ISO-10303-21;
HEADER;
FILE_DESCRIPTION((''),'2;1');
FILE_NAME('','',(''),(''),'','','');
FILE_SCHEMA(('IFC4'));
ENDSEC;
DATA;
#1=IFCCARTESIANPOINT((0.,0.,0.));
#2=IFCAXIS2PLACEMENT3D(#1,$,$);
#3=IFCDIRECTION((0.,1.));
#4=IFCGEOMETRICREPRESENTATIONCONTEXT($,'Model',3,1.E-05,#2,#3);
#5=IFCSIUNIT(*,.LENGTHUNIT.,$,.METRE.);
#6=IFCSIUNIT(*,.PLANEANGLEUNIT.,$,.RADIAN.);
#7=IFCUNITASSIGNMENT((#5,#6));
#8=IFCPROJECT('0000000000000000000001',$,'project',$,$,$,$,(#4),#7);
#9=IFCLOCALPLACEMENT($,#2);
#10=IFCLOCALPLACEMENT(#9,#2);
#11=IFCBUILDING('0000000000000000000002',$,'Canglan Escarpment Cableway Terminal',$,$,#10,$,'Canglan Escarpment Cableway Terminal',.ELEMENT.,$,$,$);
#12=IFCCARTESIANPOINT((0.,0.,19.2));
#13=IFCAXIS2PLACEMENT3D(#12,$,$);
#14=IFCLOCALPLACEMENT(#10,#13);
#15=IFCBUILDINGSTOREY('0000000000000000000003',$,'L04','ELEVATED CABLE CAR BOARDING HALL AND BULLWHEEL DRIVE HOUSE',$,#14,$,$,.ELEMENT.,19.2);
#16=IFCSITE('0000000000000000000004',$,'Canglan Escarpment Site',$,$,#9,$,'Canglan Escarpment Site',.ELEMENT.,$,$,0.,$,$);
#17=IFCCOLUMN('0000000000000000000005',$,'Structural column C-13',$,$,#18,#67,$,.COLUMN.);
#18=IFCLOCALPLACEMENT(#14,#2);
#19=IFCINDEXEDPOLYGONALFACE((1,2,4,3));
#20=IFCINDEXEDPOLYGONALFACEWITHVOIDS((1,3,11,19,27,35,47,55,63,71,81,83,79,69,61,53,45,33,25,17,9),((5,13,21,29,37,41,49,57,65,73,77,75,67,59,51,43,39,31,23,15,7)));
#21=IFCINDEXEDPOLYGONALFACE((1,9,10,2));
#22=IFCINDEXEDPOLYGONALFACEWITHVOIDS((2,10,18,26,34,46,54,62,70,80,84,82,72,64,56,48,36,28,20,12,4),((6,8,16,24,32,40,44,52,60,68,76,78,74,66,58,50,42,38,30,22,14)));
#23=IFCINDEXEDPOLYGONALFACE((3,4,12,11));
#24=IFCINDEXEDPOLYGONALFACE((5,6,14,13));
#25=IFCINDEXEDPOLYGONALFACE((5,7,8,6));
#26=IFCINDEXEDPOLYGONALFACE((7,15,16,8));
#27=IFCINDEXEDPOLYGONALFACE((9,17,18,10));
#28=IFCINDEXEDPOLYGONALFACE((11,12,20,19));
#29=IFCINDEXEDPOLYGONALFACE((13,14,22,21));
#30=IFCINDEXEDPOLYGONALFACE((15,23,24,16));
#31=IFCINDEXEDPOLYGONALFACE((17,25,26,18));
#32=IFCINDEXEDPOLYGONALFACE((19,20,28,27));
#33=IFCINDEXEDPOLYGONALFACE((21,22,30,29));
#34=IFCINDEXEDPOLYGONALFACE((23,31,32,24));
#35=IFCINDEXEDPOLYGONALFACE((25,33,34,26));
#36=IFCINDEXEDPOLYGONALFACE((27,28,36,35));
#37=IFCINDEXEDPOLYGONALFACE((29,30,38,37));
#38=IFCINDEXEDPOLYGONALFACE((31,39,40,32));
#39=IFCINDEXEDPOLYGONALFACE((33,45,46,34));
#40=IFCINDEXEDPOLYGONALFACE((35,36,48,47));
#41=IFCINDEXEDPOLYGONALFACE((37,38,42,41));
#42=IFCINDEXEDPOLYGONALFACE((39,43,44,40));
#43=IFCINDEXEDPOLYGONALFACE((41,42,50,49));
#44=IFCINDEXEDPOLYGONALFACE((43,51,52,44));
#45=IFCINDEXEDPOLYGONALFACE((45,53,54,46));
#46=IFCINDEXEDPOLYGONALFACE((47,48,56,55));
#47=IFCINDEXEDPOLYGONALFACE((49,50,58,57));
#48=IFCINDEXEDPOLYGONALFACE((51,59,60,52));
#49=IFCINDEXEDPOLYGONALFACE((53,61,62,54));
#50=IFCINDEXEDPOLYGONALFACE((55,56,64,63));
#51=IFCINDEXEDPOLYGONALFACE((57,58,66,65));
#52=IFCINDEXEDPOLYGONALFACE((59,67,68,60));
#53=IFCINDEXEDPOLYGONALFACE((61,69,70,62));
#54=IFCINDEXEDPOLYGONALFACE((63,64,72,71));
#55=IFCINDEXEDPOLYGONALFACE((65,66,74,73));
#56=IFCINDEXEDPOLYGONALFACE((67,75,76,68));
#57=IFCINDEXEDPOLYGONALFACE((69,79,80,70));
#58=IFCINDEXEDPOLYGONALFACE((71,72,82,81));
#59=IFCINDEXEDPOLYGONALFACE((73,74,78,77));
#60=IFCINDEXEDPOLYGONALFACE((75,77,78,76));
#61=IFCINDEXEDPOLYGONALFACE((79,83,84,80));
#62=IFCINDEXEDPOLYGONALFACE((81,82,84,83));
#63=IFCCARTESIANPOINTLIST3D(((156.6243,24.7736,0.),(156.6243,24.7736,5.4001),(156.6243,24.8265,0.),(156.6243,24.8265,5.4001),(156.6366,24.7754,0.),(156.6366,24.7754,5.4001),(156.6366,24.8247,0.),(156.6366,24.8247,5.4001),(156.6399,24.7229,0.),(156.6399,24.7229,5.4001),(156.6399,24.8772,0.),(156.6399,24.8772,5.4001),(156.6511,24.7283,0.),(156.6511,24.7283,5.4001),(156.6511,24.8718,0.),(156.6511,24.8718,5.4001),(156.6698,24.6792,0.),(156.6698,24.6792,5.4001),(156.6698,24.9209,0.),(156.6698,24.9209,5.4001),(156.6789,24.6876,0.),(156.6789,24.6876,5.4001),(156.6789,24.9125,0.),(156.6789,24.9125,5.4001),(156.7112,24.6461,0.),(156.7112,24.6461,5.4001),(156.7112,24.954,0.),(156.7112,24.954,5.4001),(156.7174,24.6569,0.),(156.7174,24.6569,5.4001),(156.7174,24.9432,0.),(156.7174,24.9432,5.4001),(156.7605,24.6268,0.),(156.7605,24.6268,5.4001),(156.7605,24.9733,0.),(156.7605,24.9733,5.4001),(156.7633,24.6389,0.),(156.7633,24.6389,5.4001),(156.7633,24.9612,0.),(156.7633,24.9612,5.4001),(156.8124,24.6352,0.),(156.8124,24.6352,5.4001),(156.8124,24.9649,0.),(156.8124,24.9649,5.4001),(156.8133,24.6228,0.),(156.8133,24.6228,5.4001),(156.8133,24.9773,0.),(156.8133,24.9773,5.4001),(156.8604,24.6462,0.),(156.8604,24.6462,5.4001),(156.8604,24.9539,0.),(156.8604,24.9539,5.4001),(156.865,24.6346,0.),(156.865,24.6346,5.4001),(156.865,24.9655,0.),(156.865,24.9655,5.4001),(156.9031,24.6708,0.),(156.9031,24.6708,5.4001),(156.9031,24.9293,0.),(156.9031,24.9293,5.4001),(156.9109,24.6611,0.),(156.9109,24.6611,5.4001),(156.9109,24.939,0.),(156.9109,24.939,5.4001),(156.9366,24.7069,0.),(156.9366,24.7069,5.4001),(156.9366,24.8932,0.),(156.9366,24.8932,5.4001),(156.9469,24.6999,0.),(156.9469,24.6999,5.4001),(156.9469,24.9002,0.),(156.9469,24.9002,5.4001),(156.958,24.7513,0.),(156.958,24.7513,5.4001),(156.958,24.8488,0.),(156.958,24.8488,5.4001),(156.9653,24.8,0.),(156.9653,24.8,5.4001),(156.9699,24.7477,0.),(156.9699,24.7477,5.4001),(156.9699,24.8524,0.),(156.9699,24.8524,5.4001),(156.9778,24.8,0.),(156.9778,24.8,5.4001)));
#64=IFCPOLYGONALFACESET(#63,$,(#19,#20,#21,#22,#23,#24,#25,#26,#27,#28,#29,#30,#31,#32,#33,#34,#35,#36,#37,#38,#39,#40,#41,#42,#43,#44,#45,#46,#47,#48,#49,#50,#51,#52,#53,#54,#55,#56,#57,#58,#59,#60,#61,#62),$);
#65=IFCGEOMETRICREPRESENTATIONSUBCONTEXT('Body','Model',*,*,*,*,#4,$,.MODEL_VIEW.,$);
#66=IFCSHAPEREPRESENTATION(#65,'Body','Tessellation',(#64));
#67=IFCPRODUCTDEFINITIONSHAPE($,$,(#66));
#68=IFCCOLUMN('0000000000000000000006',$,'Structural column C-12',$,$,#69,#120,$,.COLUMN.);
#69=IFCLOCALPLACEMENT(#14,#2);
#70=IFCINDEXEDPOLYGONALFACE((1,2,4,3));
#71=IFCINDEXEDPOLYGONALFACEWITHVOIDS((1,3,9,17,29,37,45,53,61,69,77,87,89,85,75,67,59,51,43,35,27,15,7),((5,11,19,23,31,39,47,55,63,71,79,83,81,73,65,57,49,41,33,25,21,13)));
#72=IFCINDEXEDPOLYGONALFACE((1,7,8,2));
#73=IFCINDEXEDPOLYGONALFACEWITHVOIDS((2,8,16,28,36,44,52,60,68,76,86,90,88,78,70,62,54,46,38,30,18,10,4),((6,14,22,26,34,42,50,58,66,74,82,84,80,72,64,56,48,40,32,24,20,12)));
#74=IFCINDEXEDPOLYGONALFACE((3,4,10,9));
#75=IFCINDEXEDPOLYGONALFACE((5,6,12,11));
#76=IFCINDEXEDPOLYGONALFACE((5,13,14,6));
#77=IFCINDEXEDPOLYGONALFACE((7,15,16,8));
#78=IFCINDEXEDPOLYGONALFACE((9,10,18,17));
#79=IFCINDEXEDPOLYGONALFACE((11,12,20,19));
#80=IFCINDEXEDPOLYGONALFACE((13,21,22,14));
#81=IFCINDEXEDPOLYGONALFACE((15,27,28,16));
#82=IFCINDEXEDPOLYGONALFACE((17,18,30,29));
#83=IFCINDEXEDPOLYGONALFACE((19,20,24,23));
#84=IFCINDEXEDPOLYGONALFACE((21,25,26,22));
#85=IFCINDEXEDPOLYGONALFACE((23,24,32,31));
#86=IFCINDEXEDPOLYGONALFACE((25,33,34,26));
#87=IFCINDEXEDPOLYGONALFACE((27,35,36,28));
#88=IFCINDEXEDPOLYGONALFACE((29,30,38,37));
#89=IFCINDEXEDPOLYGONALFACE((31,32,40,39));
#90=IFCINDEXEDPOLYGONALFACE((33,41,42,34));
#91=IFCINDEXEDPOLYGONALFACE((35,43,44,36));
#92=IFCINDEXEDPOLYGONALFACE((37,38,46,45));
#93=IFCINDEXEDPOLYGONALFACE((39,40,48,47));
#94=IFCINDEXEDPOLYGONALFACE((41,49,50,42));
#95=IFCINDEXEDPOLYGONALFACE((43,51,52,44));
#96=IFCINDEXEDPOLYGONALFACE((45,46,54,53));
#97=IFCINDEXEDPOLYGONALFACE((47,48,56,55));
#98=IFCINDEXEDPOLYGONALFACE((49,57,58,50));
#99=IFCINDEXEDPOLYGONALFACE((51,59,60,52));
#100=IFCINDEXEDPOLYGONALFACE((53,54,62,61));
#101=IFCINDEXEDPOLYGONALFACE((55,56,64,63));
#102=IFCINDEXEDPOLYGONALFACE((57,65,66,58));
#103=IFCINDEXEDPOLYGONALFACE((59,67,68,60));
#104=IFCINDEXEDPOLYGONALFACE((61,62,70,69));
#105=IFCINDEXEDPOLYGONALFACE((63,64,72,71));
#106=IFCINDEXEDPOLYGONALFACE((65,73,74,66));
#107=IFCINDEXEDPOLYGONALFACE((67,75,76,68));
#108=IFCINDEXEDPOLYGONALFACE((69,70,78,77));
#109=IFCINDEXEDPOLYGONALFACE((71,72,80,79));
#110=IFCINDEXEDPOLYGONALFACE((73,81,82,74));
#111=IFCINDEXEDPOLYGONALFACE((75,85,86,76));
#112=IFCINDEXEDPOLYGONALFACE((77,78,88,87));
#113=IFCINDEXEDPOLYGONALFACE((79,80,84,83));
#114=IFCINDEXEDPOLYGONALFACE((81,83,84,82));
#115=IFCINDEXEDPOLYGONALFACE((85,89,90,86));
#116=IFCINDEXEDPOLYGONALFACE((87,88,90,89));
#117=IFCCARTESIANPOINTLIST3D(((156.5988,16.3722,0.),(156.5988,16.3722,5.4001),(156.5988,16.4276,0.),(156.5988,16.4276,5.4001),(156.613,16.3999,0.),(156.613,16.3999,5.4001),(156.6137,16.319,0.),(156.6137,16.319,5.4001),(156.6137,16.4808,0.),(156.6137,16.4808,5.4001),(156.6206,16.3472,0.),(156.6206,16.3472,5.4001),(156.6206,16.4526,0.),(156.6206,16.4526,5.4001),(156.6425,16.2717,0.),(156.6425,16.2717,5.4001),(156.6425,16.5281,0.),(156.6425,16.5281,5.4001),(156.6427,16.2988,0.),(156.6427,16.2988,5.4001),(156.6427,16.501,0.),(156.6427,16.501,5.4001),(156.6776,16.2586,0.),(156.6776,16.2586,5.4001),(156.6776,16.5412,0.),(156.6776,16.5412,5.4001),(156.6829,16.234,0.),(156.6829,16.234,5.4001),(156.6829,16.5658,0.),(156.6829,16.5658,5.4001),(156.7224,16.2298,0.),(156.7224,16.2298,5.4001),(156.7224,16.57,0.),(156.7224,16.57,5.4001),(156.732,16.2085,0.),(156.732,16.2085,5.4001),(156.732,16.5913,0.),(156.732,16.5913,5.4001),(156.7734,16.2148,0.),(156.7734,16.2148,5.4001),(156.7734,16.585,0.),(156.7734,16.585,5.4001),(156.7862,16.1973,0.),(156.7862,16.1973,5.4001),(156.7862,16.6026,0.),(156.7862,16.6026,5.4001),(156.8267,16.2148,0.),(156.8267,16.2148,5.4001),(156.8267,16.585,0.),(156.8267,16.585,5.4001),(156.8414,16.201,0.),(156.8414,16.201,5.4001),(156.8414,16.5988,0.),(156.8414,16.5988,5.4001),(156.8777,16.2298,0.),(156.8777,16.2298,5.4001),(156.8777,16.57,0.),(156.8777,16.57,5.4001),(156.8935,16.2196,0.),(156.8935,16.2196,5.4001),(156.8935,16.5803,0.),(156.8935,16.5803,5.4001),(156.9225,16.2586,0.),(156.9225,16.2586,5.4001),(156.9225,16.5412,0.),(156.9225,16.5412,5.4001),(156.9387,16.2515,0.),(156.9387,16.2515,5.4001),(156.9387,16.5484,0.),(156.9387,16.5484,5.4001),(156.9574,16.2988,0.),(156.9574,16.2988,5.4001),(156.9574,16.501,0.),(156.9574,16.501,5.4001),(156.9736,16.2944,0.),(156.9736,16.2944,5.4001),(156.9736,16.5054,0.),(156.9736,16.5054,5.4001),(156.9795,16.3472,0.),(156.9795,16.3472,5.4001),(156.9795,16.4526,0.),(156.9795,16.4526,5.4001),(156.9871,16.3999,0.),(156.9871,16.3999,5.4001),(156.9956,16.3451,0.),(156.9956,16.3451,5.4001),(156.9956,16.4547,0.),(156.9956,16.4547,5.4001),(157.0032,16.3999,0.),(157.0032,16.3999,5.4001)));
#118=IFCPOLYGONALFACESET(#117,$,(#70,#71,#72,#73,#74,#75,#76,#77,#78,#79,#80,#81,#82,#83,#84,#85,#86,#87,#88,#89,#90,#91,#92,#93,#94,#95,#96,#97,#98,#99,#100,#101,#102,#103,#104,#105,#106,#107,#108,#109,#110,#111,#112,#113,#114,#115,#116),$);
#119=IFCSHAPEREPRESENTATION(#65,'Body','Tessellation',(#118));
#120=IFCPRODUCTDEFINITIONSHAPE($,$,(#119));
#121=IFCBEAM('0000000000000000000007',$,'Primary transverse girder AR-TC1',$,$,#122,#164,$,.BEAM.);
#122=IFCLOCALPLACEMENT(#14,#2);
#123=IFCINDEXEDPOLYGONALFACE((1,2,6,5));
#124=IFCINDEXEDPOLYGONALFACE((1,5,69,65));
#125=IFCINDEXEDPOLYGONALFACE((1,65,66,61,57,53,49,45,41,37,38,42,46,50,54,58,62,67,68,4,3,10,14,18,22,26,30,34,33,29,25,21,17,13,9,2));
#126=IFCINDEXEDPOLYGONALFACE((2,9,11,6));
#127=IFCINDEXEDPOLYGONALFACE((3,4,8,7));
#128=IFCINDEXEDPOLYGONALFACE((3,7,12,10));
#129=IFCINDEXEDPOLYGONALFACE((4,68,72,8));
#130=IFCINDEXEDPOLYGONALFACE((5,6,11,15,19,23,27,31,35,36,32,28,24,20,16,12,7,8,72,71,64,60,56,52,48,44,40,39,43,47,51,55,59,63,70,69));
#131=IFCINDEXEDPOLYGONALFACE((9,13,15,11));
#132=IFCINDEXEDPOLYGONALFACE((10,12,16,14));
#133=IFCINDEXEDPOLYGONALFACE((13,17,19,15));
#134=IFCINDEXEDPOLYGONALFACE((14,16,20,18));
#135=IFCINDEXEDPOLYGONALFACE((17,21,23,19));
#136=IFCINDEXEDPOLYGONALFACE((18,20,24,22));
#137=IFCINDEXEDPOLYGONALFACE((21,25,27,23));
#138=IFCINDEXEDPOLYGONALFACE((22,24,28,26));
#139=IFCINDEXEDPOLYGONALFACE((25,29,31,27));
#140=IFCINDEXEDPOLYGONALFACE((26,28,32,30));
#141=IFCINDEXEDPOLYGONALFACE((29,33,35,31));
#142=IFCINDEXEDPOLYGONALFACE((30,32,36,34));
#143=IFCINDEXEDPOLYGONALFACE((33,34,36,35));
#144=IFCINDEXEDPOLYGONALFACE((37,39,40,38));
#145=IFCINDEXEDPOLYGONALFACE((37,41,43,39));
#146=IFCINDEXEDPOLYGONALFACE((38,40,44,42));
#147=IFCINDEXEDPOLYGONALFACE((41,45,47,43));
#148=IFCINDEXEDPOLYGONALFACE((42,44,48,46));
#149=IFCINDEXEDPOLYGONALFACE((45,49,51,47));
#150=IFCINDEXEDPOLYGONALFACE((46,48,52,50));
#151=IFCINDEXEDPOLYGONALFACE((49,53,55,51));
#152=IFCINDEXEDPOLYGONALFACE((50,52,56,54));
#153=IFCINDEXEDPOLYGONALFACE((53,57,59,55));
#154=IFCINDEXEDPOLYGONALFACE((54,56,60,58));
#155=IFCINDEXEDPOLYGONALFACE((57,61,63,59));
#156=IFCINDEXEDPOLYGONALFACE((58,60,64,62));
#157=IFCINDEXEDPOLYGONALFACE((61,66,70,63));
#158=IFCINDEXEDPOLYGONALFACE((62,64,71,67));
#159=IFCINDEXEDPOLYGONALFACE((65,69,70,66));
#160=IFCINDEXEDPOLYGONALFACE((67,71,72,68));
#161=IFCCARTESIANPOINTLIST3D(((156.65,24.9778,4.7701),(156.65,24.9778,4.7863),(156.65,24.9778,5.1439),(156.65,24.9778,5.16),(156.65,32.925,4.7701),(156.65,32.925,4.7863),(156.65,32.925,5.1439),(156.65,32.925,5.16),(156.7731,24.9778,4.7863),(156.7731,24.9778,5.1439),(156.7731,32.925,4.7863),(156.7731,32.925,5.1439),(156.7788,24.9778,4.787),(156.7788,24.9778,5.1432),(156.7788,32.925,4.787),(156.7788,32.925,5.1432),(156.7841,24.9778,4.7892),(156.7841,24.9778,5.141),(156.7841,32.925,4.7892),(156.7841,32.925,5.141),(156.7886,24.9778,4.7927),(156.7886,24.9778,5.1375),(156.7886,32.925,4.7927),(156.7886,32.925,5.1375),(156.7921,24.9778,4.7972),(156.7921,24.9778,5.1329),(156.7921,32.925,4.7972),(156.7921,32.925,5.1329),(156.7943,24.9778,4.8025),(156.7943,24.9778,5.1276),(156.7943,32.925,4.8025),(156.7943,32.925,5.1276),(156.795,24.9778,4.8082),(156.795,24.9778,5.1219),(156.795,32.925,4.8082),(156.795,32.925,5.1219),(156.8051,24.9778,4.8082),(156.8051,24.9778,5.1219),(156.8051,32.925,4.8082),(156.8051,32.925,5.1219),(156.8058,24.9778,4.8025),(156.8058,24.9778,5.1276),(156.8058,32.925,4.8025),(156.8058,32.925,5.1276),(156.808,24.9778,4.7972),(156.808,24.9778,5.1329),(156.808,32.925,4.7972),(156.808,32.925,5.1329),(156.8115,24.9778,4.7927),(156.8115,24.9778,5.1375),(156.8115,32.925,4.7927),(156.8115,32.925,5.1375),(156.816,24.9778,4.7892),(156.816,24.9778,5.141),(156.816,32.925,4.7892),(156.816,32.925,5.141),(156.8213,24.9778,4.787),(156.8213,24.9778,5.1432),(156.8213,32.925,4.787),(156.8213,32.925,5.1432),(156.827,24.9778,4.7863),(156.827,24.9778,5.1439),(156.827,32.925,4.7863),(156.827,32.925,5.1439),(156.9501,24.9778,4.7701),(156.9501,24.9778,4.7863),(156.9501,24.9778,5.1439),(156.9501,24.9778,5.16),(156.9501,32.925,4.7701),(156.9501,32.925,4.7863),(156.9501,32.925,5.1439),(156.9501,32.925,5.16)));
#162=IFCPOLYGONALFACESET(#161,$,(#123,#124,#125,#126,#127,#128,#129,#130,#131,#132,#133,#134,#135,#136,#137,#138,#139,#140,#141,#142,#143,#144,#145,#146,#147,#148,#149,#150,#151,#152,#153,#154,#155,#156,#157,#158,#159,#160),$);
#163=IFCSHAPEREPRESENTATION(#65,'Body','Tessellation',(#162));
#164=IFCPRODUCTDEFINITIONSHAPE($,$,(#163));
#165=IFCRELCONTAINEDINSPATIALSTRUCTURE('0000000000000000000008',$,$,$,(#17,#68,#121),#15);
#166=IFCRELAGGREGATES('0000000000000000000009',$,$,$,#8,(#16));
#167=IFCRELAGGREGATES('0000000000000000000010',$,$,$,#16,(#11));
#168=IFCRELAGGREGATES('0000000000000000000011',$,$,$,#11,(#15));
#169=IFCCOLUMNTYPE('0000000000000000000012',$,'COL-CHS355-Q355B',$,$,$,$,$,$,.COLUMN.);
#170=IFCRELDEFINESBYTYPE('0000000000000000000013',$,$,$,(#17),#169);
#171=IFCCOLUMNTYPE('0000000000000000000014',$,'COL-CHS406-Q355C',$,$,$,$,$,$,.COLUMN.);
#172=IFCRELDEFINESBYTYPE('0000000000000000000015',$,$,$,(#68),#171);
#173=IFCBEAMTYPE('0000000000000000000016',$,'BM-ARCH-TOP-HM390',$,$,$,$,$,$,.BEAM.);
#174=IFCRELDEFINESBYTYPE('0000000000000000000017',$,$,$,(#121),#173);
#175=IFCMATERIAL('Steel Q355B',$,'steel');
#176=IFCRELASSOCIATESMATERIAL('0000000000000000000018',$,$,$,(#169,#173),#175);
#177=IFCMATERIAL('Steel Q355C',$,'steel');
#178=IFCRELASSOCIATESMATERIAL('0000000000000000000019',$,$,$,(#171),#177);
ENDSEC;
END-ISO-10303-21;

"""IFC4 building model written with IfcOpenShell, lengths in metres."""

from ifc_helpers import new_model, si_unit, direction, frame, origin, origin_2d, place, context, subcontext, project, spatial, hollow_circle, i_section, extrude, material, material_profile, profile_set, type_object, element, save


model = new_model("IFC4")

# Units and contexts
model_context = context("Model", 3, precision=1e-05, world=origin(), true_north=direction((0.0, 1.0)))
body_context = subcontext(model_context, "Body", "Model", "MODEL_VIEW")
ifc_project = project(units=[si_unit("LENGTHUNIT", "METRE"), si_unit("PLANEANGLEUNIT", "RADIAN")], contexts=[model_context])

# Site, building, storey
site_placement = place(None, origin())
site = spatial("IfcSite", under=ifc_project, at=site_placement, Name="Canglan Escarpment Site", LongName="Canglan Escarpment Site", CompositionType="ELEMENT", RefElevation=0.0)
building_placement = place(site_placement, origin())
building = spatial("IfcBuilding", under=site, at=building_placement, Name="Canglan Escarpment Cableway Terminal", LongName="Canglan Escarpment Cableway Terminal", CompositionType="ELEMENT")
storey_placement = place(building_placement, frame((0.0, 0.0, 19.2)))
storey = spatial("IfcBuildingStorey", under=building, at=storey_placement, Name="L04", Description="ELEVATED CABLE CAR BOARDING HALL AND BULLWHEEL DRIVE HOUSE", CompositionType="ELEMENT", Elevation=19.2)

# Columns
ifc_material_1 = material(Name="Steel Q355B", Category="steel")
ifc_material_profile_1 = material_profile(ifc_material_1, hollow_circle(Radius=0.1777, WallThickness=0.0125, at=origin_2d()), Name="CHS 355.6x12.5")
ifc_profile_set_1 = profile_set([ifc_material_profile_1], Name="Steel Q355B")
column_type_1 = type_object("IfcColumnType", Name="COL-CHS355-Q355B", PredefinedType="COLUMN", material=ifc_profile_set_1)
column_1_placement = place(storey_placement, frame((156.8, 24.8, 0.0), z_axis=(0.0, 0.0, 1.0), x_axis=(1.0, 0.0, 0.0)))
element("IfcColumn", 1, at=column_1_placement, inside=storey, type_object=column_type_1, Name="Structural column C-13", PredefinedType="COLUMN", context=body_context, shape_type="SweptSolid", body=[
    extrude(hollow_circle(Radius=0.1777, WallThickness=0.0125, at=origin_2d()), origin(), (0.0, 0.0, 1.0), 5.4001),
])
ifc_material_2 = material(Name="Steel Q355C", Category="steel")
ifc_material_profile_2 = material_profile(ifc_material_2, hollow_circle(Radius=0.2031, WallThickness=0.0161, at=origin_2d()), Name="CHS 406.4x16")
ifc_profile_set_2 = profile_set([ifc_material_profile_2], Name="Steel Q355C")
column_type_2 = type_object("IfcColumnType", Name="COL-CHS406-Q355C", PredefinedType="COLUMN", material=ifc_profile_set_2)
column_2_placement = place(storey_placement, frame((156.8, 16.3999, 0.0), z_axis=(0.0, 0.0, 1.0), x_axis=(1.0, 0.0, 0.0)))
element("IfcColumn", 2, at=column_2_placement, inside=storey, type_object=column_type_2, Name="Structural column C-12", PredefinedType="COLUMN", context=body_context, shape_type="SweptSolid", body=[
    extrude(hollow_circle(Radius=0.2031, WallThickness=0.0161, at=origin_2d()), origin(), (0.0, 0.0, 1.0), 5.4001),
])

# Beam
ifc_material_profile_3 = material_profile(ifc_material_1, i_section(OverallWidth=0.3, OverallDepth=0.3899, WebThickness=0.01, FlangeThickness=0.0161, FilletRadius=0.022, at=origin_2d()), Name="HM 390x300x10x16")
ifc_profile_set_3 = profile_set([ifc_material_profile_3], Name="Steel Q355B")
beam_type_1 = type_object("IfcBeamType", Name="BM-ARCH-TOP-HM390", PredefinedType="BEAM", material=ifc_profile_set_3)
beam_1_placement = place(storey_placement, frame((156.8, 24.9778, 4.9651), z_axis=(0.0, 1.0, 0.0), x_axis=(-1.0, 0.0, 0.0)))
element("IfcBeam", 3, at=beam_1_placement, inside=storey, type_object=beam_type_1, Name="Primary transverse girder AR-TC1", PredefinedType="BEAM", context=body_context, shape_type="SweptSolid", body=[
    extrude(i_section(OverallWidth=0.3, OverallDepth=0.3899, WebThickness=0.01, FlangeThickness=0.0161, FilletRadius=0.022, at=origin_2d()), origin(), (0.0, 0.0, 1.0), 7.9473),
])

save(model, "model.ifc")
